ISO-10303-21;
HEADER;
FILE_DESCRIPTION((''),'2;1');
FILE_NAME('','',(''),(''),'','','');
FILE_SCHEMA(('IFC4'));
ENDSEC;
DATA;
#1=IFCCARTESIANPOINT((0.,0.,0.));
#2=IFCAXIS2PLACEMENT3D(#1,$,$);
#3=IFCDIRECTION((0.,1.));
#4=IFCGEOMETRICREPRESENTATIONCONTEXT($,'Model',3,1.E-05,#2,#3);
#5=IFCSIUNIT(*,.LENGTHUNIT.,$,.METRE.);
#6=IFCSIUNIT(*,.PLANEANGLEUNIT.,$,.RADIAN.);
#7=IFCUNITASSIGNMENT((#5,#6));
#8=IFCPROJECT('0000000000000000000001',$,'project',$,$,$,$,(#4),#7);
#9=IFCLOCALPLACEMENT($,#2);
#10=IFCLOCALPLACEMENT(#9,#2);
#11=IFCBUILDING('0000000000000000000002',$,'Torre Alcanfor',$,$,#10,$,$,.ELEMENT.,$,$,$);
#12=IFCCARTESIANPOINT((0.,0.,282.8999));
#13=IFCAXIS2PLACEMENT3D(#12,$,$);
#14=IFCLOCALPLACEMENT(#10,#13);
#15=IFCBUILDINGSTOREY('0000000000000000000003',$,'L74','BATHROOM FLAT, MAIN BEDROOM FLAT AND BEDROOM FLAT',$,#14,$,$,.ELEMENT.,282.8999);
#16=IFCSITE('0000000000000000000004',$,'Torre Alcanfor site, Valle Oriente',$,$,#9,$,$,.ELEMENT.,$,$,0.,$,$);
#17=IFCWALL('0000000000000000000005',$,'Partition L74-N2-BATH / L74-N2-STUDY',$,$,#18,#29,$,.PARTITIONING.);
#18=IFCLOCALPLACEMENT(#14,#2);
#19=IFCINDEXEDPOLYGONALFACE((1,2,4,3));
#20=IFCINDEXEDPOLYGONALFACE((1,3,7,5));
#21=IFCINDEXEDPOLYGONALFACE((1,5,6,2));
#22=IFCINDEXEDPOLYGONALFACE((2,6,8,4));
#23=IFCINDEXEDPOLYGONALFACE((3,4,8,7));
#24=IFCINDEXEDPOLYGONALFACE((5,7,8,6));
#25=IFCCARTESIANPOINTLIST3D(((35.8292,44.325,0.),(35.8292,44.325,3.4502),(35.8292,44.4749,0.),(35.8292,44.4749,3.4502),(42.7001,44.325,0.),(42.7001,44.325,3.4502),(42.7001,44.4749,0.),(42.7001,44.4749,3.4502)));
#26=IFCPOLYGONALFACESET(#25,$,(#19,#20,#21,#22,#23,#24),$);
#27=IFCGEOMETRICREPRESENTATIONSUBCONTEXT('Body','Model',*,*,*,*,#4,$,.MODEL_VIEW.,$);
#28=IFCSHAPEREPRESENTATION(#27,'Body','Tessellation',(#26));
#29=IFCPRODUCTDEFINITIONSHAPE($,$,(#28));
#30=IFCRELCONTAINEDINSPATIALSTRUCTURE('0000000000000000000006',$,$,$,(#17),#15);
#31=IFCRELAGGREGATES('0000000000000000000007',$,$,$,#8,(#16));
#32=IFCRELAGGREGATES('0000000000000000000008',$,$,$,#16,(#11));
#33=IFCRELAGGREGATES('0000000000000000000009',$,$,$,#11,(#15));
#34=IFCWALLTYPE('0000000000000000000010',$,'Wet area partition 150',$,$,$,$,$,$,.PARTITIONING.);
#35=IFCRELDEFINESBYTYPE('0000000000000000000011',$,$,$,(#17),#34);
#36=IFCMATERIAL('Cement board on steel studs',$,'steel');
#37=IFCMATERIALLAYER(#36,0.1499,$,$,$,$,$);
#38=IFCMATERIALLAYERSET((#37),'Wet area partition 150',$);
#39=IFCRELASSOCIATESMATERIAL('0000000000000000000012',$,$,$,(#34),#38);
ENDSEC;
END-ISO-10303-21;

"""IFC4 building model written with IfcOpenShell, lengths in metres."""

from ifc_helpers import new_model, si_unit, direction, frame, frame_2d, origin, place, context, subcontext, project, spatial, rectangle, extrude, material, layer, layer_set, type_object, element, save


model = new_model("IFC4")

# Units and contexts
model_context = context("Model", 3, precision=1e-05, world=origin(), true_north=direction((0.0, 1.0)))
body_context = subcontext(model_context, "Body", "Model", "MODEL_VIEW")
ifc_project = project(units=[si_unit("LENGTHUNIT", "METRE"), si_unit("PLANEANGLEUNIT", "RADIAN")], contexts=[model_context])

# Site, building, storey
site_placement = place(None, origin())
site = spatial("IfcSite", under=ifc_project, at=site_placement, Name="Torre Alcanfor site, Valle Oriente", CompositionType="ELEMENT", RefElevation=0.0)
building_placement = place(site_placement, origin())
building = spatial("IfcBuilding", under=site, at=building_placement, Name="Torre Alcanfor", CompositionType="ELEMENT")
storey_placement = place(building_placement, frame((0.0, 0.0, 282.8999)))
storey = spatial("IfcBuildingStorey", under=building, at=storey_placement, Name="L74", Description="BATHROOM FLAT, MAIN BEDROOM FLAT AND BEDROOM FLAT", CompositionType="ELEMENT", Elevation=282.8999)

# Shared definitions
ifc_material_1 = material(Name="Cement board on steel studs", Category="steel")
ifc_layer_1 = layer(ifc_material_1, 0.1499)
ifc_layer_set_1 = layer_set([ifc_layer_1], Name="Wet area partition 150")
wall_type_1 = type_object("IfcWallType", Name="Wet area partition 150", PredefinedType="PARTITIONING", material=ifc_layer_set_1)

# Wall
wall_1_placement = place(storey_placement, frame((35.8291, 44.3999, 0.0), z_axis=(0.0, 0.0, 1.0), x_axis=(1.0, 0.0, 0.0)))
element("IfcWall", 1, at=wall_1_placement, inside=storey, type_object=wall_type_1, Name="Partition L74-N2-BATH / L74-N2-STUDY", PredefinedType="PARTITIONING", context=body_context, shape_type="SweptSolid", body=[
    extrude(rectangle(XDim=6.8708, YDim=0.1499, at=frame_2d((3.4355, 0.0))), origin(), (0.0, 0.0, 1.0), 3.4502),
])

save(model, "model.ifc")
